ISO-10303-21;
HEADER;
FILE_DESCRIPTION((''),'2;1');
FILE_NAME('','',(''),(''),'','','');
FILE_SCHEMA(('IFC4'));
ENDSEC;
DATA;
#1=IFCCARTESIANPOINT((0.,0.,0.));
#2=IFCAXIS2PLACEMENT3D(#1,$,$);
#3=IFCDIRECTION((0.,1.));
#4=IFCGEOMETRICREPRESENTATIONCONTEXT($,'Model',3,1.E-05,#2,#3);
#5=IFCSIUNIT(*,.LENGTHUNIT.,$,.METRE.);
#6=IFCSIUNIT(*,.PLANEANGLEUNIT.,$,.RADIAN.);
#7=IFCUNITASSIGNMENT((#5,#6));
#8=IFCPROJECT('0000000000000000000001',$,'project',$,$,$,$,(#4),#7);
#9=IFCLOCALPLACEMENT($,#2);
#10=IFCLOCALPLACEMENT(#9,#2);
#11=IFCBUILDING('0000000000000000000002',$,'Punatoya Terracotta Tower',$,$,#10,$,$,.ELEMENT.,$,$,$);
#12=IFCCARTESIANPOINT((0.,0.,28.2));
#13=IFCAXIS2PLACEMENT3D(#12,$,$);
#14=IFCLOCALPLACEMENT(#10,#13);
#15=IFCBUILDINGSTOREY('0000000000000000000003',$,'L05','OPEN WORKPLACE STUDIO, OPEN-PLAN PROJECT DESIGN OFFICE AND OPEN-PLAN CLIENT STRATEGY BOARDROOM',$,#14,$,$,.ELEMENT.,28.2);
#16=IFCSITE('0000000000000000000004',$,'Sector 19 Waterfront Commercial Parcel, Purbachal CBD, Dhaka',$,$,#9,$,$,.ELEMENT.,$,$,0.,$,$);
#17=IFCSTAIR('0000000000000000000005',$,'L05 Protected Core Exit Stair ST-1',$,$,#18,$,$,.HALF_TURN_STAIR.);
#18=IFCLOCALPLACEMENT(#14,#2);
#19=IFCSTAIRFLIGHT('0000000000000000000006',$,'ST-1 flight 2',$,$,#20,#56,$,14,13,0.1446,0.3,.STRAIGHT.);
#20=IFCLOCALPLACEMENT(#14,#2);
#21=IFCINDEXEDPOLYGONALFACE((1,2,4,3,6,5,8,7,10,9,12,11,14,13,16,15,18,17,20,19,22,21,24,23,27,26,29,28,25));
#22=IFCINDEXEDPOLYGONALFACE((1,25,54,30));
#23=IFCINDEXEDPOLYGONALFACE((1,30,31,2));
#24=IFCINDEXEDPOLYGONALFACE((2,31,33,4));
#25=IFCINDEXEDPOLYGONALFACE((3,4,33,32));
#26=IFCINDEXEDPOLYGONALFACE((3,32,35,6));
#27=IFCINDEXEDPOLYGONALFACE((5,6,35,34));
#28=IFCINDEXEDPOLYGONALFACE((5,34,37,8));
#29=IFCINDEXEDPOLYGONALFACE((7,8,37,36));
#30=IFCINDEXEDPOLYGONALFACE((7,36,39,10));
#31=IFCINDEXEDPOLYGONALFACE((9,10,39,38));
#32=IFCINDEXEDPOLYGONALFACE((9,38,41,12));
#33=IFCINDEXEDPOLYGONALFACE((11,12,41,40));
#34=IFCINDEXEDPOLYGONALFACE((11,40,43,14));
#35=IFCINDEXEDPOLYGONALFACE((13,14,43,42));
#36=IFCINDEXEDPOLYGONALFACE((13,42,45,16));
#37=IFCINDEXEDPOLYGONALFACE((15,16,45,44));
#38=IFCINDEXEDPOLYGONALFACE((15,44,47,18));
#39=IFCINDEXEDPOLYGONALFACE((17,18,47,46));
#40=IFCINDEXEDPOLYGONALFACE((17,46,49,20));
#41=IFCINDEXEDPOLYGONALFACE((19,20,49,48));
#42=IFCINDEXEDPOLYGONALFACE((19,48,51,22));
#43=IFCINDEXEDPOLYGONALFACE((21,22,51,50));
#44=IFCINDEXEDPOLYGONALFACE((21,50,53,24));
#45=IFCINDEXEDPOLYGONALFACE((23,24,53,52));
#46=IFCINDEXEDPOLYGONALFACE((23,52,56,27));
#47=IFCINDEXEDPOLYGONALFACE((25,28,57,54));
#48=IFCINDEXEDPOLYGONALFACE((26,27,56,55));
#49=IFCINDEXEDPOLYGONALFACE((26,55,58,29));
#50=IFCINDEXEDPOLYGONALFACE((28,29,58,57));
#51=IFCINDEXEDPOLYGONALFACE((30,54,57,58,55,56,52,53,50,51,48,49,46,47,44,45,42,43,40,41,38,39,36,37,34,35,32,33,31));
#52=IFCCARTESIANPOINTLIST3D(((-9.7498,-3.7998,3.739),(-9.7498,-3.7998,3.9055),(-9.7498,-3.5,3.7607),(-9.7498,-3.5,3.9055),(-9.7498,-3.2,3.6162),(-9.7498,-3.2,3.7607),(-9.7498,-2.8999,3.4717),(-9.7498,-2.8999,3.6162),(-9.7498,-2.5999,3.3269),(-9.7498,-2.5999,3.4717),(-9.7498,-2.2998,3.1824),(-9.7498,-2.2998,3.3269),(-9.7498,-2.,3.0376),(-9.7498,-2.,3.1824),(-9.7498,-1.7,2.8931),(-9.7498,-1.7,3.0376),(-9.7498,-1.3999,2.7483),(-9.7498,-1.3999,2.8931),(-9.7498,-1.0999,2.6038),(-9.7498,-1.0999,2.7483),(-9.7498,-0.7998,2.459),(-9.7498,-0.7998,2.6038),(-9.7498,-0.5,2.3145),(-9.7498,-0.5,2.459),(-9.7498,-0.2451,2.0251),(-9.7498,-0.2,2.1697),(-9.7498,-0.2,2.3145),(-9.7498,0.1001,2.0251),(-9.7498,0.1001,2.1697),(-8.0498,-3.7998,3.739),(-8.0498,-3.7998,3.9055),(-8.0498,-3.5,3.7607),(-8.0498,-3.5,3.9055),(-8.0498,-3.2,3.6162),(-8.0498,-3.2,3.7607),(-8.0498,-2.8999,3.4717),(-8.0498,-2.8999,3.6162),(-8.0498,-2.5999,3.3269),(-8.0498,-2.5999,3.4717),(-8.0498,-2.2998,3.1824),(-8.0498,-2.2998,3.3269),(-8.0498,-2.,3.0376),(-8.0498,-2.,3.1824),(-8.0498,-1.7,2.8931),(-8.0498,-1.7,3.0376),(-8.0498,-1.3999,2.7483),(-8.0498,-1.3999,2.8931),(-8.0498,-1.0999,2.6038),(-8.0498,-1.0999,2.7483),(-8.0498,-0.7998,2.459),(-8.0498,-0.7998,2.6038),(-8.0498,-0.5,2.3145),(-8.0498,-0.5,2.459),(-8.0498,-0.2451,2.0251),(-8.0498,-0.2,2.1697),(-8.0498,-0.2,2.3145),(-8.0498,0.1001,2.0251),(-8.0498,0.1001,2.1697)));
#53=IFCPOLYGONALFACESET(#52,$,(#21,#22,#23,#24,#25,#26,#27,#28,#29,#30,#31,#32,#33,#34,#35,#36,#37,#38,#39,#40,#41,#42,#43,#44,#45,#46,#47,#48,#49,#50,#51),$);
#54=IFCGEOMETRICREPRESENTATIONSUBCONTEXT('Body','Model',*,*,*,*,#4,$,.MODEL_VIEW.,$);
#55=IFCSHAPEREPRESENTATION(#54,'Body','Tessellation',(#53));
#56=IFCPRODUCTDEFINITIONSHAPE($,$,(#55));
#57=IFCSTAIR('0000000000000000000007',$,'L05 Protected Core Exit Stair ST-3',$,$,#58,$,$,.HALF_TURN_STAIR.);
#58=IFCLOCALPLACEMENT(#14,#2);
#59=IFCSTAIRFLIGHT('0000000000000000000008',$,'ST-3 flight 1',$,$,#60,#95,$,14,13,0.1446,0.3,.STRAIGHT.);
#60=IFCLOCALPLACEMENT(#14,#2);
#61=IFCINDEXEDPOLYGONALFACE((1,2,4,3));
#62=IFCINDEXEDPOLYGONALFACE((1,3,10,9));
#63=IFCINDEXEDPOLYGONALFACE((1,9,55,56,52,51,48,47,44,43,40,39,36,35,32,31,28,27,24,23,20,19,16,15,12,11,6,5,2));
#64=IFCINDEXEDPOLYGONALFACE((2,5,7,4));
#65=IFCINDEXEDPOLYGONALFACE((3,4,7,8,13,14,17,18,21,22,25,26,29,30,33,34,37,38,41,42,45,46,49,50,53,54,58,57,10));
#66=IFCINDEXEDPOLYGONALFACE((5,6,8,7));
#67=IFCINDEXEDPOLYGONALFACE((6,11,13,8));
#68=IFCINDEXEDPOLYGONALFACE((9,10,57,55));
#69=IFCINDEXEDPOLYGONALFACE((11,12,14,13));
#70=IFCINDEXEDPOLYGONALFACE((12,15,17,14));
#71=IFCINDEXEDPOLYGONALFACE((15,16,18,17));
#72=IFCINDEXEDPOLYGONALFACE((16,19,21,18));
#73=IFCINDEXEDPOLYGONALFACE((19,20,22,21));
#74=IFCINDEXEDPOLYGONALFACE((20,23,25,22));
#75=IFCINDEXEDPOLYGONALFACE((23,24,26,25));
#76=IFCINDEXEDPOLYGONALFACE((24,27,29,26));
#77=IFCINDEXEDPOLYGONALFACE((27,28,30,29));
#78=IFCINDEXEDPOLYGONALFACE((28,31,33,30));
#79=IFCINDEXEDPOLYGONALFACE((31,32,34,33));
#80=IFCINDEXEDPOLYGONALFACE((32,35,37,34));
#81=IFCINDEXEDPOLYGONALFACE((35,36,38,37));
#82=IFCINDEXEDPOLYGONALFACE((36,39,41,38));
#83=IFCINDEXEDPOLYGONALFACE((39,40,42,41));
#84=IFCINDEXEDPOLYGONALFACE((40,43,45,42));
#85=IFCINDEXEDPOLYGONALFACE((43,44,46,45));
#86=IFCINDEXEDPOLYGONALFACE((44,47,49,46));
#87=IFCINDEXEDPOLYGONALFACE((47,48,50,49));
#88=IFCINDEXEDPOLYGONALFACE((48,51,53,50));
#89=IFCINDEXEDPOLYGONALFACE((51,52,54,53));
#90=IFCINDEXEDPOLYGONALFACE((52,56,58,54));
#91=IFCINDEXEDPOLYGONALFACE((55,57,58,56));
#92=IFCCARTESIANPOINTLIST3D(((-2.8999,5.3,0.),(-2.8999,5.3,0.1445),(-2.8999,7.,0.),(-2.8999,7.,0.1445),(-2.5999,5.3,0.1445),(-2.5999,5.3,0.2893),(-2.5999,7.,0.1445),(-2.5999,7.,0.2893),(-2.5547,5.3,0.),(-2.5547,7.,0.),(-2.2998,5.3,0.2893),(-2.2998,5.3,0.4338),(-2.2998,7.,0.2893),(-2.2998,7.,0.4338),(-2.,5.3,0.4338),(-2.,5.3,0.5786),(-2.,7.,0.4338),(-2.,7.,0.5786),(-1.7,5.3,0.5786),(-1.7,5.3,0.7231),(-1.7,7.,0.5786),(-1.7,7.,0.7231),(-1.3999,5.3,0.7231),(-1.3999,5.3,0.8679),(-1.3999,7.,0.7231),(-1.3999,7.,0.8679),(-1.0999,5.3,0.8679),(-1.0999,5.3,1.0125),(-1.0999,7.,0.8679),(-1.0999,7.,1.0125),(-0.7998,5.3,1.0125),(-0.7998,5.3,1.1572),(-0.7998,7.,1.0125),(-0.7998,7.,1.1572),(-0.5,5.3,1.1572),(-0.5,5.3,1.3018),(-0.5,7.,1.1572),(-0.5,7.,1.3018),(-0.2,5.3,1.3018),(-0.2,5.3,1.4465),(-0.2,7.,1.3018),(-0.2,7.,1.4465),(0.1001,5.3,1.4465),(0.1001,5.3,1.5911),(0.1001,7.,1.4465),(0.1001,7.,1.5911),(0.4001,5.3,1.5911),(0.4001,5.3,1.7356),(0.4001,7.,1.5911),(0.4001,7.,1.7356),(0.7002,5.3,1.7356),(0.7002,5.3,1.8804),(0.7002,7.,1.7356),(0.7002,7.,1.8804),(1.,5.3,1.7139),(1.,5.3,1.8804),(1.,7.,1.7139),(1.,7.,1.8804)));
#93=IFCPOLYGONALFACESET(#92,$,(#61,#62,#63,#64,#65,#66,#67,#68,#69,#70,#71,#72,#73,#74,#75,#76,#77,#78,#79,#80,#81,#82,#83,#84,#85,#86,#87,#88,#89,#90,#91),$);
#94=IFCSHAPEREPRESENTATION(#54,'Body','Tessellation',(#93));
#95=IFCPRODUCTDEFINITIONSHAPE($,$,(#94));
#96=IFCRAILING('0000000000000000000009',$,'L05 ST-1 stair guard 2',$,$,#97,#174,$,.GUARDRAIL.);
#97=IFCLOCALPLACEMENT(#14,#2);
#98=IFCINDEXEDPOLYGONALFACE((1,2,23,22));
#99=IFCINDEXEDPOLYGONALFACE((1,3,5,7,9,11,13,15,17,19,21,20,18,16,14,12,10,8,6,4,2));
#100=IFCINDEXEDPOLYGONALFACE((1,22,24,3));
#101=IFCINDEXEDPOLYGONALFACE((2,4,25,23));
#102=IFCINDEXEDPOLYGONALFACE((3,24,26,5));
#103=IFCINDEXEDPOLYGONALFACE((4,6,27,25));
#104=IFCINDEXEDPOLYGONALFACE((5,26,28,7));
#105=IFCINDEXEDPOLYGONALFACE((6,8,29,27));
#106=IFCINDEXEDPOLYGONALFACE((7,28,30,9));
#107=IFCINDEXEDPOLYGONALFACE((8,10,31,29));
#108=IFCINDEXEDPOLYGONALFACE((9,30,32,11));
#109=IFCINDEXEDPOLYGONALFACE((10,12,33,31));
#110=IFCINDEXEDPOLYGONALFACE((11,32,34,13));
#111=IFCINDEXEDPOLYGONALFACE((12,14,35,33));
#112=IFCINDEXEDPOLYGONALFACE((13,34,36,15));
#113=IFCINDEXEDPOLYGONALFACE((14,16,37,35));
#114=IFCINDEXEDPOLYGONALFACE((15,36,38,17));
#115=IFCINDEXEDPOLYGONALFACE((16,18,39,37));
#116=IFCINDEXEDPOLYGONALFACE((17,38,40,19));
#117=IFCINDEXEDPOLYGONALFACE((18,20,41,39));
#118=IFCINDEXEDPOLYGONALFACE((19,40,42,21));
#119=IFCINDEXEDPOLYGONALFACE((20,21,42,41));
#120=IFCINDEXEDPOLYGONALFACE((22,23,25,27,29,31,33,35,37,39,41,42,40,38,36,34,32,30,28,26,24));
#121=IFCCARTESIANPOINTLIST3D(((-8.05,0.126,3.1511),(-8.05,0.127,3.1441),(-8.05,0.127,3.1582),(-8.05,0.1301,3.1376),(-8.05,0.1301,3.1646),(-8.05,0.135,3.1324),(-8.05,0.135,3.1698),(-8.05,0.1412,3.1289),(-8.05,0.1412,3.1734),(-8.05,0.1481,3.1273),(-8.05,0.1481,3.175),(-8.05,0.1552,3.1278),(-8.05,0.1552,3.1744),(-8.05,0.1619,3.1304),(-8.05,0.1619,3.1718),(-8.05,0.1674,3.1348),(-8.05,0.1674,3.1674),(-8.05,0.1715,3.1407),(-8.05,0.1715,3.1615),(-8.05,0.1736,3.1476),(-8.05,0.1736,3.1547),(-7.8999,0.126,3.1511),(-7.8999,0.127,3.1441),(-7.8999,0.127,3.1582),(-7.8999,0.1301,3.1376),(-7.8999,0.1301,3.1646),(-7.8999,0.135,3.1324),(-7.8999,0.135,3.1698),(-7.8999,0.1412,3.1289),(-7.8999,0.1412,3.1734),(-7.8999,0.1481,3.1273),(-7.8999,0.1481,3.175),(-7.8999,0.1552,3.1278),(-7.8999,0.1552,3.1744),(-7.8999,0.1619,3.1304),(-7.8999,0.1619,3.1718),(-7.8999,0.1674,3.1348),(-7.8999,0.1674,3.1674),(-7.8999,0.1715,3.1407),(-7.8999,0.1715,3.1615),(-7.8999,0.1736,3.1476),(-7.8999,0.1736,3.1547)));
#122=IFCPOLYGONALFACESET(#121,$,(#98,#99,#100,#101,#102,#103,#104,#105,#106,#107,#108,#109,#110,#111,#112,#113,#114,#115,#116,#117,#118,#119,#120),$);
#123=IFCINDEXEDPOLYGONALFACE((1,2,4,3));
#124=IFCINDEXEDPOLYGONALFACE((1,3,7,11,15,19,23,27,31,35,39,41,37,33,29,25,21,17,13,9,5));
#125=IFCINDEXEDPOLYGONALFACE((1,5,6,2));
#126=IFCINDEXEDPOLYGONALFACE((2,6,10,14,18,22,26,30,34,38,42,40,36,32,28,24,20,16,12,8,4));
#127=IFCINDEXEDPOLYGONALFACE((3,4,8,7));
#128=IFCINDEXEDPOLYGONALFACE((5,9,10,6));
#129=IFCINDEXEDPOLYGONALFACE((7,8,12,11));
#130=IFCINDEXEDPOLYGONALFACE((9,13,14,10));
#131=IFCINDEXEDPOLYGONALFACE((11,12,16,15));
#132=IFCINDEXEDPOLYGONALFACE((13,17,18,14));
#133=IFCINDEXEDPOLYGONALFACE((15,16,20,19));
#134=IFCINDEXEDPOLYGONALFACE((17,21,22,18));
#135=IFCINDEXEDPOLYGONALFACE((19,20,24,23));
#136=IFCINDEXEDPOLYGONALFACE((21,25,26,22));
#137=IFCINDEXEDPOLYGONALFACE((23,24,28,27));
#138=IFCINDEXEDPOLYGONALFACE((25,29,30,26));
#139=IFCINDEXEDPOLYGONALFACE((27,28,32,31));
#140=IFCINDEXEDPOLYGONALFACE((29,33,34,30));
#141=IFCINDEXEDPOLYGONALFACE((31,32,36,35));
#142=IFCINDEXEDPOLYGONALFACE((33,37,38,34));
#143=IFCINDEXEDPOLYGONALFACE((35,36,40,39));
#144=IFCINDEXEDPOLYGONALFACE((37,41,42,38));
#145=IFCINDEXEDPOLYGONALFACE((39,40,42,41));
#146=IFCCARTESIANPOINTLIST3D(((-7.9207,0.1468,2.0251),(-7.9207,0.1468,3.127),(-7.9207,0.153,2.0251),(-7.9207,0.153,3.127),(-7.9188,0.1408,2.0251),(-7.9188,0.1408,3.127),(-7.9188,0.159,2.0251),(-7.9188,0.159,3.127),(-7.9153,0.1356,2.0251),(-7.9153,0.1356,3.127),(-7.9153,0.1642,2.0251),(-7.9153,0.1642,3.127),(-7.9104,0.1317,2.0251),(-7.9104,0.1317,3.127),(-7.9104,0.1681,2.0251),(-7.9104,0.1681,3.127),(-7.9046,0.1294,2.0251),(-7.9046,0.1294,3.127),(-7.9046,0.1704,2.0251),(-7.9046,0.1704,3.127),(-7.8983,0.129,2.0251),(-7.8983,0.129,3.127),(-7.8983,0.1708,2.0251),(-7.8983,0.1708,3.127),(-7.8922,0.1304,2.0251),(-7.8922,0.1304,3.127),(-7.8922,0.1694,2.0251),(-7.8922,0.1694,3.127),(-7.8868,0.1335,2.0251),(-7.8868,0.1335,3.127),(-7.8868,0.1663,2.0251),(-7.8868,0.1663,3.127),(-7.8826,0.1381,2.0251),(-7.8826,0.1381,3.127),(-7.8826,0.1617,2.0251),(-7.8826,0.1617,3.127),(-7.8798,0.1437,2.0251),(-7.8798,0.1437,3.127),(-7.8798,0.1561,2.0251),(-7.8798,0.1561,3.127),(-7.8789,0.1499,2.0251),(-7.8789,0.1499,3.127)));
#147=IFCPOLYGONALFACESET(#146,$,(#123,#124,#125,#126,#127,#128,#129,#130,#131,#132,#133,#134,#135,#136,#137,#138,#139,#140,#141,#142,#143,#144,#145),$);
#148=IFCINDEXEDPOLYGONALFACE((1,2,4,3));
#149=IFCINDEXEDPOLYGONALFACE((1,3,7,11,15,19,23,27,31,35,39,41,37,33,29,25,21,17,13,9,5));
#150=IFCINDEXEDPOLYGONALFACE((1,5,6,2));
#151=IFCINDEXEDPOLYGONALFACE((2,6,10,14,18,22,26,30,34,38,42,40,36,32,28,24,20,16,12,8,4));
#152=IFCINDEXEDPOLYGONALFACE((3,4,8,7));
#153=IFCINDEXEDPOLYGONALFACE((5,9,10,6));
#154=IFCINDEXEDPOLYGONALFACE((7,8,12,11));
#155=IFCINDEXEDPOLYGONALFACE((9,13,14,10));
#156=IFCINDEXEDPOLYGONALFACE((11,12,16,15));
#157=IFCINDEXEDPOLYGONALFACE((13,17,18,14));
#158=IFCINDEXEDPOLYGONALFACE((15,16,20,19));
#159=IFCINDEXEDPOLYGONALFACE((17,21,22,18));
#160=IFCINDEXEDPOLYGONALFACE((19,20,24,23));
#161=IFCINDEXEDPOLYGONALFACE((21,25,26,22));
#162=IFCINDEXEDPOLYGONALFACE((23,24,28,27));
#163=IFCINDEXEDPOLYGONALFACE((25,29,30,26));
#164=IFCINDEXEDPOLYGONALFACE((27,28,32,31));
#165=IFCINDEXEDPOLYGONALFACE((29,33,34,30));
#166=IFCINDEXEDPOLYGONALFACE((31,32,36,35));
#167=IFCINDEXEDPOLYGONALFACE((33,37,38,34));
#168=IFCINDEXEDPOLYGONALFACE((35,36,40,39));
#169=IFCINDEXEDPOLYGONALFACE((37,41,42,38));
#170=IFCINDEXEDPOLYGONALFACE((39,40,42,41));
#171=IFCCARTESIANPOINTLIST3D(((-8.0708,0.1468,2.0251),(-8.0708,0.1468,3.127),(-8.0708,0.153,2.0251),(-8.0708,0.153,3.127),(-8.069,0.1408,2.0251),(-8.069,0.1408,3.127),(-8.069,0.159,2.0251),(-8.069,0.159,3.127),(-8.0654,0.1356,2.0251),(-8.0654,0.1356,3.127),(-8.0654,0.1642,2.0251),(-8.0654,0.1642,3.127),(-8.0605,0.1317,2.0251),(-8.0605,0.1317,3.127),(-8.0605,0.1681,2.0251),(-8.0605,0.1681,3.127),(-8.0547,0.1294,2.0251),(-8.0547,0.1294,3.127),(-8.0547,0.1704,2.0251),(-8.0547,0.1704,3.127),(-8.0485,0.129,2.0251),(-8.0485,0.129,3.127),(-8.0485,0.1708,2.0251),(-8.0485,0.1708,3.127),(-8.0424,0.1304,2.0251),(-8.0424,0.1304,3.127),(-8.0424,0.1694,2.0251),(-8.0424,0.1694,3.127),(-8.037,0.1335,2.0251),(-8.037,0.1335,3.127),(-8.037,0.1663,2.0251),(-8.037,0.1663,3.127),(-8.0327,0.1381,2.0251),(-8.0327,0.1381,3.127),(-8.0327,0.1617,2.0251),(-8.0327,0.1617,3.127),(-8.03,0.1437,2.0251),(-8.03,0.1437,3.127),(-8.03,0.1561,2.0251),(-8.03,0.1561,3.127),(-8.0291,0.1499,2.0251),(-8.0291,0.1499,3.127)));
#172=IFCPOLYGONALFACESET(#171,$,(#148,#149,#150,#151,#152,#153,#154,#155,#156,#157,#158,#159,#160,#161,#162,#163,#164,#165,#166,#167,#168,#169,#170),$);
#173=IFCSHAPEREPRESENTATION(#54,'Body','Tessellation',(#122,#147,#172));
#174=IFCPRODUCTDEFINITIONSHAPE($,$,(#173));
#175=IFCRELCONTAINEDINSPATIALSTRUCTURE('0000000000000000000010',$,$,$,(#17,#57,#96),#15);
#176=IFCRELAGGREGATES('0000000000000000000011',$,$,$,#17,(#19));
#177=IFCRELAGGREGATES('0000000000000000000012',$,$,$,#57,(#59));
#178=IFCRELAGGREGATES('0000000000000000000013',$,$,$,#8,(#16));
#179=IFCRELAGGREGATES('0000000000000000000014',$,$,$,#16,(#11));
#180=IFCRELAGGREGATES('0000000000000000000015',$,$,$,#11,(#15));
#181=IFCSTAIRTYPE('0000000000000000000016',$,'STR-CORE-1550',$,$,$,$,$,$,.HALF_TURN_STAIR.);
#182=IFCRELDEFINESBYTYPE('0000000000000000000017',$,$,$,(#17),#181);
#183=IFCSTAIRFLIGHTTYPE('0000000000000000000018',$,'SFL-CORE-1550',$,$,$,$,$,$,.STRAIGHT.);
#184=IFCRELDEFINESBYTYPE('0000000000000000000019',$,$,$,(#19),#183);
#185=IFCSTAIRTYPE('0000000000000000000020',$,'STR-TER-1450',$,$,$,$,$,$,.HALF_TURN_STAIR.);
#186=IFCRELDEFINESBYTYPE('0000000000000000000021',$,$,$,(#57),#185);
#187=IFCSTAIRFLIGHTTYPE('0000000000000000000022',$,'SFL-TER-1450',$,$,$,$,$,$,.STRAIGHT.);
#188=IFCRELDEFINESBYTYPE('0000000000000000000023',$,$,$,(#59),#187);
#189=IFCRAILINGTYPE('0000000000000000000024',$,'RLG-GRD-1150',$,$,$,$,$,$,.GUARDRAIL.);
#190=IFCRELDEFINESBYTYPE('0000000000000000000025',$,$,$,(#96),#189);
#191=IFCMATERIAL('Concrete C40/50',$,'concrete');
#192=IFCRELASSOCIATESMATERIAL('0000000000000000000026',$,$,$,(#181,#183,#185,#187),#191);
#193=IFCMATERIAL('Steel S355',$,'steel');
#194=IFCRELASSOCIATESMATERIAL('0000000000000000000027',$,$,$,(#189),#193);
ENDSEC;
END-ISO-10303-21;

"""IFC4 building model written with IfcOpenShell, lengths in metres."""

from ifc_helpers import new_model, si_unit, direction, frame, origin, origin_2d, place, context, subcontext, project, spatial, polyline, circle, outline, extrude, material, type_object, element, aggregate, save


model = new_model("IFC4")

# Units and contexts
model_context = context("Model", 3, precision=1e-05, world=origin(), true_north=direction((0.0, 1.0)))
body_context = subcontext(model_context, "Body", "Model", "MODEL_VIEW")
ifc_project = project(units=[si_unit("LENGTHUNIT", "METRE"), si_unit("PLANEANGLEUNIT", "RADIAN")], contexts=[model_context])

# Site, building, storey
site_placement = place(None, origin())
site = spatial("IfcSite", under=ifc_project, at=site_placement, Name="Sector 19 Waterfront Commercial Parcel, Purbachal CBD, Dhaka", CompositionType="ELEMENT", RefElevation=0.0)
building_placement = place(site_placement, origin())
building = spatial("IfcBuilding", under=site, at=building_placement, Name="Punatoya Terracotta Tower", CompositionType="ELEMENT")
storey_placement = place(building_placement, frame((0.0, 0.0, 28.2)))
storey = spatial("IfcBuildingStorey", under=building, at=storey_placement, Name="L05", Description="OPEN WORKPLACE STUDIO, OPEN-PLAN PROJECT DESIGN OFFICE AND OPEN-PLAN CLIENT STRATEGY BOARDROOM", CompositionType="ELEMENT", Elevation=28.2)

# Shared definitions
ifc_material_1 = material(Name="Steel S355", Category="steel")

# Shared definitions
ifc_material_2 = material(Name="Concrete C40/50", Category="concrete")

# Stairs, stair flights
stair_type_1 = type_object("IfcStairType", Name="STR-CORE-1550", PredefinedType="HALF_TURN_STAIR", material=ifc_material_2)
stair_1_placement = place(storey_placement, origin())
stair_1 = element("IfcStair", 1, at=stair_1_placement, inside=storey, type_object=stair_type_1, Name="L05 Protected Core Exit Stair ST-1", PredefinedType="HALF_TURN_STAIR")
stair_flight_type_1 = type_object("IfcStairFlightType", Name="SFL-CORE-1550", PredefinedType="STRAIGHT", material=ifc_material_2)
stair_flight_1_placement = place(storey_placement, frame((-8.8999, 0.1001, 2.0251), z_axis=(0.0, 0.0, 1.0), x_axis=(0.0, -1.0, 0.0)))
stair_flight_1 = element("IfcStairFlight", 2, at=stair_flight_1_placement, type_object=stair_flight_type_1, Name="ST-1 flight 2", NumberOfRisers=14, NumberOfTreads=13, PredefinedType="STRAIGHT", RiserHeight=0.1446, TreadLength=0.3, context=body_context, shape_type="SweptSolid", body=[
    extrude(outline(polyline([(0.0, 0.0), (0.0, 0.1445), (0.3, 0.1445), (0.3, 0.2893), (0.6001, 0.2893), (0.6001, 0.4338), (0.8999, 0.4338), (0.8999, 0.5786), (1.2, 0.5786), (1.2, 0.7231), (1.5, 0.7231), (1.5, 0.8679), (1.8, 0.8679), (1.8, 1.0125), (2.1001, 1.0125), (2.1001, 1.1572), (2.3999, 1.1572), (2.3999, 1.3018), (2.7, 1.3018), (2.7, 1.4465), (3.0, 1.4465), (3.0, 1.5911), (3.3, 1.5911), (3.3, 1.7356), (3.6001, 1.7356), (3.6001, 1.8804), (3.8999, 1.8804), (3.8999, 2.0249), (3.8999, 1.7139), (0.3452, 0.0), (0.0, 0.0)])), frame((0.0, 0.8501, 0.0), z_axis=(0.0, -1.0, 0.0), x_axis=(1.0, 0.0, 0.0)), (0.0, 0.0, 1.0), 1.7),
])
aggregate(stair_1, [stair_flight_1])
stair_type_2 = type_object("IfcStairType", Name="STR-TER-1450", PredefinedType="HALF_TURN_STAIR", material=ifc_material_2)
stair_2_placement = place(storey_placement, origin())
stair_2 = element("IfcStair", 3, at=stair_2_placement, inside=storey, type_object=stair_type_2, Name="L05 Protected Core Exit Stair ST-3", PredefinedType="HALF_TURN_STAIR")
stair_flight_type_2 = type_object("IfcStairFlightType", Name="SFL-TER-1450", PredefinedType="STRAIGHT", material=ifc_material_2)
stair_flight_2_placement = place(storey_placement, frame((-2.8999, 6.1499, 0.0), z_axis=(0.0, 0.0, 1.0), x_axis=(1.0, 0.0, 0.0)))
stair_flight_2 = element("IfcStairFlight", 4, at=stair_flight_2_placement, type_object=stair_flight_type_2, Name="ST-3 flight 1", NumberOfRisers=14, NumberOfTreads=13, PredefinedType="STRAIGHT", RiserHeight=0.1446, TreadLength=0.3, context=body_context, shape_type="SweptSolid", body=[
    extrude(outline(polyline([(0.0, 0.0), (0.0, 0.1445), (0.3, 0.1445), (0.3, 0.2893), (0.6001, 0.2893), (0.6001, 0.4338), (0.8999, 0.4338), (0.8999, 0.5786), (1.2, 0.5786), (1.2, 0.7231), (1.5, 0.7231), (1.5, 0.8679), (1.8, 0.8679), (1.8, 1.0125), (2.1001, 1.0125), (2.1001, 1.1572), (2.3999, 1.1572), (2.3999, 1.3018), (2.7, 1.3018), (2.7, 1.4465), (3.0, 1.4465), (3.0, 1.5911), (3.3, 1.5911), (3.3, 1.7356), (3.6001, 1.7356), (3.6001, 1.8804), (3.8999, 1.8804), (3.8999, 2.0249), (3.8999, 1.7139), (0.3452, 0.0), (0.0, 0.0)])), frame((0.0, 0.8501, 0.0), z_axis=(0.0, -1.0, 0.0), x_axis=(1.0, 0.0, 0.0)), (0.0, 0.0, 1.0), 1.7),
])
aggregate(stair_2, [stair_flight_2])

# Railing
railing_type_1 = type_object("IfcRailingType", Name="RLG-GRD-1150", PredefinedType="GUARDRAIL", material=ifc_material_1)
railing_1_placement = place(storey_placement, frame((-7.8999, 0.1499, 2.0251)))
element("IfcRailing", 5, at=railing_1_placement, inside=storey, type_object=railing_type_1, Name="L05 ST-1 stair guard 2", PredefinedType="GUARDRAIL", context=body_context, shape_type="SweptSolid", body=[
    extrude(circle(Radius=0.0239, at=origin_2d()), frame((0.0, 0.0, 1.126), z_axis=(-1.0, 0.0, 0.0), x_axis=(0.0, -1.0, 0.0)), (0.0, 0.0, 1.0), 0.1501),
    extrude(circle(Radius=0.021, at=origin_2d()), origin(), (0.0, 0.0, 1.0), 1.1018),
    extrude(circle(Radius=0.021, at=origin_2d()), frame((-0.1501, 0.0, 0.0)), (0.0, 0.0, 1.0), 1.1018),
])

save(model, "model.ifc")
